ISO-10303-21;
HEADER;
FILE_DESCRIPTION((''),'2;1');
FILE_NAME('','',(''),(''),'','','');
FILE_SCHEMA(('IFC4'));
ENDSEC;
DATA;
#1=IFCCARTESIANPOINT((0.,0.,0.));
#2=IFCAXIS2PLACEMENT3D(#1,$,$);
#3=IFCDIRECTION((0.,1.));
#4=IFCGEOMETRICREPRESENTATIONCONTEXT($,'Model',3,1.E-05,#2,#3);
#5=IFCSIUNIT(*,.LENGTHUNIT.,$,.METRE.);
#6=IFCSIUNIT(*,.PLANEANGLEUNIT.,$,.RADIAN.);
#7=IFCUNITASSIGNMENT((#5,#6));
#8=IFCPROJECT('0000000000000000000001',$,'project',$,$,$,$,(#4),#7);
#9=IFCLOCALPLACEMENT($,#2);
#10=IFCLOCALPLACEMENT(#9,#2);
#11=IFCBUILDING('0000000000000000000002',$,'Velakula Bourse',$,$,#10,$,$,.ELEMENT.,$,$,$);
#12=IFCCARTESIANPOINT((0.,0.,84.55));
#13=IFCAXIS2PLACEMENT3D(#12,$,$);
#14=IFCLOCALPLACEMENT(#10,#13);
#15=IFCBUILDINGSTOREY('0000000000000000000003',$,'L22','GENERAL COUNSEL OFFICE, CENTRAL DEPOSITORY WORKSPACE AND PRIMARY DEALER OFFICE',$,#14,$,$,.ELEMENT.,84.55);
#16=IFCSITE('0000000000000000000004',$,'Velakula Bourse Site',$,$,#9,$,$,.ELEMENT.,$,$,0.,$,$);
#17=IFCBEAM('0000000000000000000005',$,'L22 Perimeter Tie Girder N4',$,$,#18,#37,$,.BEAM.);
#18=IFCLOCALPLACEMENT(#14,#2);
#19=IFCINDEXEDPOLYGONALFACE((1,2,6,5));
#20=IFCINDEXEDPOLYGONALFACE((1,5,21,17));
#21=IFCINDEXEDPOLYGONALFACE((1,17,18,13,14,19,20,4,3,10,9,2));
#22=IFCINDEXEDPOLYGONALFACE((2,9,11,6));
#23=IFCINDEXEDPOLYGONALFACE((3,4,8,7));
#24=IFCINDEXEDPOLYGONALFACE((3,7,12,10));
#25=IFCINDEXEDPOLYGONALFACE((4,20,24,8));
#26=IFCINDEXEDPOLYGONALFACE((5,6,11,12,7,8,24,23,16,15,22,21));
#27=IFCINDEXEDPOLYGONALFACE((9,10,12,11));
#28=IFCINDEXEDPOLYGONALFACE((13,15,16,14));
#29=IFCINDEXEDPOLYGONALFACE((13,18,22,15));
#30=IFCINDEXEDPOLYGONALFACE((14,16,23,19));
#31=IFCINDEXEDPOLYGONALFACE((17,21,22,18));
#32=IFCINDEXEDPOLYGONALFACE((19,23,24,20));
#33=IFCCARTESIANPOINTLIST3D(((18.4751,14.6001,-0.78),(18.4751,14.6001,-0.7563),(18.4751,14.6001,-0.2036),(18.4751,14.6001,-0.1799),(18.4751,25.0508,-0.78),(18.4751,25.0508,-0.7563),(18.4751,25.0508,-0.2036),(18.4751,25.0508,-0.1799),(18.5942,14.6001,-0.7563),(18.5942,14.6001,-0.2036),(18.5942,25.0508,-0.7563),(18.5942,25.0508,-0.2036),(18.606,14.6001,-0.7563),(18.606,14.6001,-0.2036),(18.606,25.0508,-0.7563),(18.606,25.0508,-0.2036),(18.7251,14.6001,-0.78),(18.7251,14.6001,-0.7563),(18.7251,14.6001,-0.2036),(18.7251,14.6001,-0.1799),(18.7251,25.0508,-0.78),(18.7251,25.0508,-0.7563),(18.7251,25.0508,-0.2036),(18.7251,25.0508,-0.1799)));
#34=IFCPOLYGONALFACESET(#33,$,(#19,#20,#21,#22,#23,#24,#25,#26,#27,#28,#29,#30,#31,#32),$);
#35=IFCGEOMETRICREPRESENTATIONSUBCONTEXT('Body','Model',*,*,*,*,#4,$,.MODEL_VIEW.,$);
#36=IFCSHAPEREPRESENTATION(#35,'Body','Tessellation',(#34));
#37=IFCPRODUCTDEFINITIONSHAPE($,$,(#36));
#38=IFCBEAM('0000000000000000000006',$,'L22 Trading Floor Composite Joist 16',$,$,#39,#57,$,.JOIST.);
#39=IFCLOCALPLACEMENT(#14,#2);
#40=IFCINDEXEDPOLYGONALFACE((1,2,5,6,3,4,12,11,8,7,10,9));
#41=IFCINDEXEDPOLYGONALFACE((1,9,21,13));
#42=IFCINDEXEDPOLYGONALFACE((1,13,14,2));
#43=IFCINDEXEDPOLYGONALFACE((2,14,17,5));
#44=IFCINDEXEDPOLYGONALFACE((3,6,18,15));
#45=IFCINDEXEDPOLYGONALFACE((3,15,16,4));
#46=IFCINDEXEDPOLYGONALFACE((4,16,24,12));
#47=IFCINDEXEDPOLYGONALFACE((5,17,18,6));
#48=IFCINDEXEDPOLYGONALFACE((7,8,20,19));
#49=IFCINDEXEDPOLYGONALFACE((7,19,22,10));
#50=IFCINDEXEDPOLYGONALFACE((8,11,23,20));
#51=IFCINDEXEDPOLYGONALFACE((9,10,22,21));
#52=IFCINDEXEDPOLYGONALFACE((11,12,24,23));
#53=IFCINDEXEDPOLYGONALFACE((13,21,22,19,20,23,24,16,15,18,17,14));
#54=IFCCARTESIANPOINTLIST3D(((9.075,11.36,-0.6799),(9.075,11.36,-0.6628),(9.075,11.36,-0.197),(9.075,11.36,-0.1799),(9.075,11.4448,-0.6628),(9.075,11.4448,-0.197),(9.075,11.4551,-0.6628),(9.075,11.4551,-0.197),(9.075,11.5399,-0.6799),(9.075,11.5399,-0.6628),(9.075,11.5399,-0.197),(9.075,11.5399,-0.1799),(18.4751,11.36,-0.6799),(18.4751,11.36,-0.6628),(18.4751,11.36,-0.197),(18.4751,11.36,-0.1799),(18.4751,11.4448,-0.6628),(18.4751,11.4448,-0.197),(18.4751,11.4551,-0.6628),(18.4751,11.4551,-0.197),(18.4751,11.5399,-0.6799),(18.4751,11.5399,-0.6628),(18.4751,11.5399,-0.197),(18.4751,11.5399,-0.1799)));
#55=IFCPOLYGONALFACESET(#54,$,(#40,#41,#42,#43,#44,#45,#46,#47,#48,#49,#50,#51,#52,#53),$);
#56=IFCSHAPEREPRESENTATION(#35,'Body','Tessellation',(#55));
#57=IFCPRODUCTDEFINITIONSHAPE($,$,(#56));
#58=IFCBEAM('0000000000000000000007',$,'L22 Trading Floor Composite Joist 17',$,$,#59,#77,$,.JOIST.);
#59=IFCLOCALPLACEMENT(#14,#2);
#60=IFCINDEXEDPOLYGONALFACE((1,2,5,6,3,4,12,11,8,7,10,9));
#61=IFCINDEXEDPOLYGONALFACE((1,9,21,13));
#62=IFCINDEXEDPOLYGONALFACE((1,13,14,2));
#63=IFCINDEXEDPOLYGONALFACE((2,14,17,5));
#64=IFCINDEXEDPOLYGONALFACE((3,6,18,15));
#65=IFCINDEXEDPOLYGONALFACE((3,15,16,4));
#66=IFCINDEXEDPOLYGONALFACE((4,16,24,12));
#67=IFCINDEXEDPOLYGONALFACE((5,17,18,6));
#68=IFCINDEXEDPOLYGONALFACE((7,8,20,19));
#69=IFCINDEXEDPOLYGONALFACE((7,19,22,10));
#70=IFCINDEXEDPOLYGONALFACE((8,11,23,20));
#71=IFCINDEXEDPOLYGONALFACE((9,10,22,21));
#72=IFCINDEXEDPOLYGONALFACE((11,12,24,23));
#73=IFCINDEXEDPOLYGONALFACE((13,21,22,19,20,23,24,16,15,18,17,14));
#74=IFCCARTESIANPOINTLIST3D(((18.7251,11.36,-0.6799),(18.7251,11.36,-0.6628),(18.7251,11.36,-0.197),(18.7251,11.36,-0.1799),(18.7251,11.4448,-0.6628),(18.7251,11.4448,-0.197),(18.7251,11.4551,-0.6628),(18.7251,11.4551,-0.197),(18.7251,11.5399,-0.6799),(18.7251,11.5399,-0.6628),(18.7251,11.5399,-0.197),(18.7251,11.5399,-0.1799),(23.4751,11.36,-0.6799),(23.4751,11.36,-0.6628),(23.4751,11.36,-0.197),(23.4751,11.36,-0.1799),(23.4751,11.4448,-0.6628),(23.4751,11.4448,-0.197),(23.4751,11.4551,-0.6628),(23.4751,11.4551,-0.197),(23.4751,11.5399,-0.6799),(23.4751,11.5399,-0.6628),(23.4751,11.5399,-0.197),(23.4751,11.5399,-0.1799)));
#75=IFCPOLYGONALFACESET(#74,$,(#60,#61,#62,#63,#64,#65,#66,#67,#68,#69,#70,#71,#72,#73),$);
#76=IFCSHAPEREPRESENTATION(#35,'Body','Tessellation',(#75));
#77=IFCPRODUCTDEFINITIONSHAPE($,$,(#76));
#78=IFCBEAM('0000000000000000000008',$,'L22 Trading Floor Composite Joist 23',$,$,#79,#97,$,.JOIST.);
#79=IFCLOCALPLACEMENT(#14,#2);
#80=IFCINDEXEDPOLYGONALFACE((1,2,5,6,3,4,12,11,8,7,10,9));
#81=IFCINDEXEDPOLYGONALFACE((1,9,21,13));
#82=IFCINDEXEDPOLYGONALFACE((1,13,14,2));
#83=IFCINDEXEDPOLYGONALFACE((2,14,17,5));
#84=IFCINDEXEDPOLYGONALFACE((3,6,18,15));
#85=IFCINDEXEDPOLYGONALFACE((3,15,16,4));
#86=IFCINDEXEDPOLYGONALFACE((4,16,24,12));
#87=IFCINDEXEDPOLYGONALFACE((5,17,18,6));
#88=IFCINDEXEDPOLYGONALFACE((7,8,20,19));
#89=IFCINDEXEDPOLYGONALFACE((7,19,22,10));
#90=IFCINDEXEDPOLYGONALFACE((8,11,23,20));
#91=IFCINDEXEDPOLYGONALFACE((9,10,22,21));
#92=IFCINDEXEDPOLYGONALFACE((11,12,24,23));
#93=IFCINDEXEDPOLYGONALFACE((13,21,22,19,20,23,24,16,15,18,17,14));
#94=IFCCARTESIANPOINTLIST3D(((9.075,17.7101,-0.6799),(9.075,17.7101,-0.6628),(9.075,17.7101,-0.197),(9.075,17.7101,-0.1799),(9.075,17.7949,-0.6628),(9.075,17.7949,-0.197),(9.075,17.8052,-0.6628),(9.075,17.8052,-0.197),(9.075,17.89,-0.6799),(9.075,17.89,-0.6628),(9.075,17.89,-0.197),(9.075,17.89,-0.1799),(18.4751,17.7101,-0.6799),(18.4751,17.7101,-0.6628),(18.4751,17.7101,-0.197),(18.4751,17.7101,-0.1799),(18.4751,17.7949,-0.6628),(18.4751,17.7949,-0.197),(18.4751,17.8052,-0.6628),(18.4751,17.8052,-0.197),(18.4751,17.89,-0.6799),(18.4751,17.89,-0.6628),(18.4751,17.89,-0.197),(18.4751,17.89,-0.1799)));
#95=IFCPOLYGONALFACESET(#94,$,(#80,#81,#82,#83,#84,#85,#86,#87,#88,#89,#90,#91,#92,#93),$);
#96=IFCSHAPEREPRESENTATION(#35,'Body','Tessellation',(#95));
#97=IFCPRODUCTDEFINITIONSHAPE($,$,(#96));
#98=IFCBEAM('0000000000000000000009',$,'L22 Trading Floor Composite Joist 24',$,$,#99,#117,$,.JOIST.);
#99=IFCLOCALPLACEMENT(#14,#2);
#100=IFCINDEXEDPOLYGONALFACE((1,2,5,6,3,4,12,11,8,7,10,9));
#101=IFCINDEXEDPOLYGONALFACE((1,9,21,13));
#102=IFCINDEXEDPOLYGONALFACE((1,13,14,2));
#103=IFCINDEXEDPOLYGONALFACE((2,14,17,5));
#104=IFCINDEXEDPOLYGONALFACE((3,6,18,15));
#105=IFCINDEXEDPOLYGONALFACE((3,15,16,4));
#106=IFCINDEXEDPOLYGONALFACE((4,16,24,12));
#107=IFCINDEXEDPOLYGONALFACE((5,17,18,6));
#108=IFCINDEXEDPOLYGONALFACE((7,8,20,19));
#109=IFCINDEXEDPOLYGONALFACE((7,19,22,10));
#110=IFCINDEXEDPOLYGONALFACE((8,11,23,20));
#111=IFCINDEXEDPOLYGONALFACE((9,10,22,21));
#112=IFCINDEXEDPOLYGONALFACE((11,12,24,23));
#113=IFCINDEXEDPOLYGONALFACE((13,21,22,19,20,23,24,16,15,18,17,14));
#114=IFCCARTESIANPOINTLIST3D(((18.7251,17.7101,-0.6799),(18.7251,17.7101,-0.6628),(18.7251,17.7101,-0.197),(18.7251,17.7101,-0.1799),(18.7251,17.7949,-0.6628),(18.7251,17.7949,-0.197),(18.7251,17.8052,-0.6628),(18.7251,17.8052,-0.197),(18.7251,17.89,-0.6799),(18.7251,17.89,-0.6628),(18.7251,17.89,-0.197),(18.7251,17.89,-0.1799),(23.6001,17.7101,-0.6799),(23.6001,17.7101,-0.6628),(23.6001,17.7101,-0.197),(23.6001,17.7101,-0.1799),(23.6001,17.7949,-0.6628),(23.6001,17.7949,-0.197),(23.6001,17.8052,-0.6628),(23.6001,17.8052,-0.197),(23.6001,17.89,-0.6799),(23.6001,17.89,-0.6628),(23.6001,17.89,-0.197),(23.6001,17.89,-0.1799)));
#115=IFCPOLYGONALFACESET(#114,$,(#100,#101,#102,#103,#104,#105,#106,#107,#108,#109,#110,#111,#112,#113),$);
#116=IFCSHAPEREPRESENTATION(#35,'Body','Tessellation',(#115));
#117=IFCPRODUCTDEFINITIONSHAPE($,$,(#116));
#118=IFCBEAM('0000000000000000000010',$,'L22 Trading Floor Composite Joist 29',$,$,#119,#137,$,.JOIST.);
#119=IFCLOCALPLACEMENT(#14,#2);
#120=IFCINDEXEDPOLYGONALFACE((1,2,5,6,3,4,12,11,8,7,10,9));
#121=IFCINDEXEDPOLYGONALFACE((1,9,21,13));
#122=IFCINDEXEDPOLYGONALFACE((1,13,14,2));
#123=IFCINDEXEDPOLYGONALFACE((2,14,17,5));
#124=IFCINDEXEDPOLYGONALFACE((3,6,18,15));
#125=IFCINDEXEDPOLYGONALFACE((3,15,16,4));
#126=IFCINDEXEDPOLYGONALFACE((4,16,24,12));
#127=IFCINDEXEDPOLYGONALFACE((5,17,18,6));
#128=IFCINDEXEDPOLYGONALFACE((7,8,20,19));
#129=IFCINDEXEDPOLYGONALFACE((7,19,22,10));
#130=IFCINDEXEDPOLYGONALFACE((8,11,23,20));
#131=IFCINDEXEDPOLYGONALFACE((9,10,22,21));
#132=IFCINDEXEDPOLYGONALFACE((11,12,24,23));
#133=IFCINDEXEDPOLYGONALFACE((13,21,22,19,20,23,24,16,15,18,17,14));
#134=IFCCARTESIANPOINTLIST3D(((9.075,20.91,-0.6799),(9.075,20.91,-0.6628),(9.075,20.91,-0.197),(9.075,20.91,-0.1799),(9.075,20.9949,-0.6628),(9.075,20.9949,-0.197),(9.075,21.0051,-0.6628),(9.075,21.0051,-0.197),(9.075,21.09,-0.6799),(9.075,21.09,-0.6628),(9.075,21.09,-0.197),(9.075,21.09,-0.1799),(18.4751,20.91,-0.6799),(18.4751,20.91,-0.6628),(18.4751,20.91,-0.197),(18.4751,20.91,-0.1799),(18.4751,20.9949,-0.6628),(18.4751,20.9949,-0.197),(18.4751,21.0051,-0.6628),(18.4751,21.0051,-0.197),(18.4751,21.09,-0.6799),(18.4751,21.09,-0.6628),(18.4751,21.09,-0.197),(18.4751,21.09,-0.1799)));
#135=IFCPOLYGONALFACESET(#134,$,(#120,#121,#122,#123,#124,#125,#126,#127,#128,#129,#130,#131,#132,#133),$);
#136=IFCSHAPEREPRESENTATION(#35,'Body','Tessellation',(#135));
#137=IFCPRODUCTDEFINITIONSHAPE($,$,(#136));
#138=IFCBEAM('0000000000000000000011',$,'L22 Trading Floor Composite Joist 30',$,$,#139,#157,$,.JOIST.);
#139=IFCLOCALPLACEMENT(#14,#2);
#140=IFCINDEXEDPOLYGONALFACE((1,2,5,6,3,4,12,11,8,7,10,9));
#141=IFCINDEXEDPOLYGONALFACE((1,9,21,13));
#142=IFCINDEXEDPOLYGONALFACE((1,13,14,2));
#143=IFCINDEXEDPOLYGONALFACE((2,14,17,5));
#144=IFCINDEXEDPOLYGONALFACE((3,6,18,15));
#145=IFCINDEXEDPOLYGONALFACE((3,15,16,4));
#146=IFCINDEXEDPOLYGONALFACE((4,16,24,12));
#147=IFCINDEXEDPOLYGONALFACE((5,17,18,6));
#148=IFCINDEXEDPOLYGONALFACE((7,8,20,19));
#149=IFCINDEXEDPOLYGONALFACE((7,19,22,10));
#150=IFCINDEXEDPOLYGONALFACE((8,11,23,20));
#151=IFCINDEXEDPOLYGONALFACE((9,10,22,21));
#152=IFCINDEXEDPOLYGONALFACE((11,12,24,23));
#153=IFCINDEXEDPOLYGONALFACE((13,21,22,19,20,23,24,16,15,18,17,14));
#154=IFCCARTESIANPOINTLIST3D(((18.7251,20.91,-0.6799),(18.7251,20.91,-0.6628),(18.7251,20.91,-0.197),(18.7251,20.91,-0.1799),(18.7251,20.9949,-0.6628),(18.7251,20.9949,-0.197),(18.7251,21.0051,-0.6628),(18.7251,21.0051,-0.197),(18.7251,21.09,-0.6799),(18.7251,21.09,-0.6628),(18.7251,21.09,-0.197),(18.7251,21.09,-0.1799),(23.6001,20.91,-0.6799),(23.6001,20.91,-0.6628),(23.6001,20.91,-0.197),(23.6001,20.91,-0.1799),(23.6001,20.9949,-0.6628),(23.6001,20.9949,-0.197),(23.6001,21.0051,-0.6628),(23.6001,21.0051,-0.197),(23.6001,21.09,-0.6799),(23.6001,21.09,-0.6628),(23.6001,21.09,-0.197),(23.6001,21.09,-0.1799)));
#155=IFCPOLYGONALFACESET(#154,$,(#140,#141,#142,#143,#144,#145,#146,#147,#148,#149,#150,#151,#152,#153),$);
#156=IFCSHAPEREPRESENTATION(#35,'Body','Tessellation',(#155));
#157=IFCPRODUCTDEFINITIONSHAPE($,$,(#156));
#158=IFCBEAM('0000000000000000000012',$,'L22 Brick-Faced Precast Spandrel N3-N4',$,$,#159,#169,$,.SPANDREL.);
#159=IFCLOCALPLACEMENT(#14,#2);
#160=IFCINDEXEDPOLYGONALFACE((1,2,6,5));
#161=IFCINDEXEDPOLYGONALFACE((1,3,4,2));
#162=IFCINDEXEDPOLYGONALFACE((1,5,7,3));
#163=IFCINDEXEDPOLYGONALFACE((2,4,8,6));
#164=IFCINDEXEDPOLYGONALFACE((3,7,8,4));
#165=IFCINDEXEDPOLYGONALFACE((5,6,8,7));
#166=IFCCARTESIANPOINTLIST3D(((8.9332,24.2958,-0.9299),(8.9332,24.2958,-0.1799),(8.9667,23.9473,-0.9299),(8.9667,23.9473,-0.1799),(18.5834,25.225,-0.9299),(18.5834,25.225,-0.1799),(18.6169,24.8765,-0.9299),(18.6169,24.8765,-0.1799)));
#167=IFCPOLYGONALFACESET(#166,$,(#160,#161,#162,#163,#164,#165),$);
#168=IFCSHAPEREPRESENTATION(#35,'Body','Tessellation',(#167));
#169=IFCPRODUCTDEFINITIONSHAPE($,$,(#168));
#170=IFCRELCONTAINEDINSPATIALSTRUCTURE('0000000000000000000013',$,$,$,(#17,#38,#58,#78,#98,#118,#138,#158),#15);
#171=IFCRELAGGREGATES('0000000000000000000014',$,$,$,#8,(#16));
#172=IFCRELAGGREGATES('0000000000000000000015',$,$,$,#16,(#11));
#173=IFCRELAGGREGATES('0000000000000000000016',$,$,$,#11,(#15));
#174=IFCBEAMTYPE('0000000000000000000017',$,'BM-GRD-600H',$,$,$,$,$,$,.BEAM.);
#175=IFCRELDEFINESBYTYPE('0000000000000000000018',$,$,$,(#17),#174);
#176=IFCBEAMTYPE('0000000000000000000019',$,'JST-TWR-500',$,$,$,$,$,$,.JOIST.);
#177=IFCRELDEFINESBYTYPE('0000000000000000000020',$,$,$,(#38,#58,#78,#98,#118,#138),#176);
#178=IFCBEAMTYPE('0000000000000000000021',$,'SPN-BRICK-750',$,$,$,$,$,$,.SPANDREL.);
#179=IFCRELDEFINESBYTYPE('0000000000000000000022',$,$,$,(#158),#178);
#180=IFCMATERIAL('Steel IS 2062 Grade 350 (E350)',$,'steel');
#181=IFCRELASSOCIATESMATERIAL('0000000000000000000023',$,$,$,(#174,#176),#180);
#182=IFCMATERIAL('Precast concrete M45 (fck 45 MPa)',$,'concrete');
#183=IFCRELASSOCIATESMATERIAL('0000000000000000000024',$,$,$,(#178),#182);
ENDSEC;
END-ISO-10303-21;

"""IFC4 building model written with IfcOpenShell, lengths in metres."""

from ifc_helpers import new_model, si_unit, direction, frame, origin, origin_2d, place, context, subcontext, project, spatial, rectangle, i_section, extrude, material, material_profile, profile_set, type_object, element, save


model = new_model("IFC4")

# Units and contexts
model_context = context("Model", 3, precision=1e-05, world=origin(), true_north=direction((0.0, 1.0)))
body_context = subcontext(model_context, "Body", "Model", "MODEL_VIEW")
ifc_project = project(units=[si_unit("LENGTHUNIT", "METRE"), si_unit("PLANEANGLEUNIT", "RADIAN")], contexts=[model_context])

# Site, building, storey
site_placement = place(None, origin())
site = spatial("IfcSite", under=ifc_project, at=site_placement, Name="Velakula Bourse Site", CompositionType="ELEMENT", RefElevation=0.0)
building_placement = place(site_placement, origin())
building = spatial("IfcBuilding", under=site, at=building_placement, Name="Velakula Bourse", CompositionType="ELEMENT")
storey_placement = place(building_placement, frame((0.0, 0.0, 84.55)))
storey = spatial("IfcBuildingStorey", under=building, at=storey_placement, Name="L22", Description="GENERAL COUNSEL OFFICE, CENTRAL DEPOSITORY WORKSPACE AND PRIMARY DEALER OFFICE", CompositionType="ELEMENT", Elevation=84.55)

# Beams
ifc_material_1 = material(Name="Steel IS 2062 Grade 350 (E350)", Category="steel")
ifc_material_profile_1 = material_profile(ifc_material_1, i_section(OverallWidth=0.25, OverallDepth=0.6001, WebThickness=0.0117, FlangeThickness=0.0237, at=origin_2d()), Name="Steel IS 2062 Grade 350 (E350)")
ifc_profile_set_1 = profile_set([ifc_material_profile_1], Name="Steel IS 2062 Grade 350 (E350)")
beam_type_1 = type_object("IfcBeamType", Name="BM-GRD-600H", PredefinedType="BEAM", material=ifc_profile_set_1)
beam_1_placement = place(storey_placement, frame((18.6001, 14.6001, -0.48), z_axis=(0.0, 1.0, 0.0), x_axis=(-1.0, 0.0, 0.0)))
element("IfcBeam", 1, at=beam_1_placement, inside=storey, type_object=beam_type_1, Name="L22 Perimeter Tie Girder N4", PredefinedType="BEAM", context=body_context, shape_type="SweptSolid", body=[
    extrude(i_section(OverallWidth=0.25, OverallDepth=0.6001, WebThickness=0.0117, FlangeThickness=0.0237, at=origin_2d()), origin(), (0.0, 0.0, 1.0), 10.4507),
])
ifc_material_profile_2 = material_profile(ifc_material_1, i_section(OverallWidth=0.1799, OverallDepth=0.5, WebThickness=0.0103, FlangeThickness=0.0171, at=origin_2d()), Name="Steel IS 2062 Grade 350 (E350)")
ifc_profile_set_2 = profile_set([ifc_material_profile_2], Name="Steel IS 2062 Grade 350 (E350)")
beam_type_2 = type_object("IfcBeamType", Name="JST-TWR-500", PredefinedType="JOIST", material=ifc_profile_set_2)
beam_2_placement = place(storey_placement, frame((9.075, 11.45, -0.4299), z_axis=(1.0, 0.0, 0.0), x_axis=(0.0, 1.0, 0.0)))
element("IfcBeam", 2, at=beam_2_placement, inside=storey, type_object=beam_type_2, Name="L22 Trading Floor Composite Joist 16", PredefinedType="JOIST", context=body_context, shape_type="SweptSolid", body=[
    extrude(i_section(OverallWidth=0.1799, OverallDepth=0.5, WebThickness=0.0103, FlangeThickness=0.0171, at=origin_2d()), origin(), (0.0, 0.0, 1.0), 9.4001),
])
beam_3_placement = place(storey_placement, frame((18.7251, 11.45, -0.4299), z_axis=(1.0, 0.0, 0.0), x_axis=(0.0, 1.0, 0.0)))
element("IfcBeam", 3, at=beam_3_placement, inside=storey, type_object=beam_type_2, Name="L22 Trading Floor Composite Joist 17", PredefinedType="JOIST", context=body_context, shape_type="SweptSolid", body=[
    extrude(i_section(OverallWidth=0.1799, OverallDepth=0.5, WebThickness=0.0103, FlangeThickness=0.0171, at=origin_2d()), origin(), (0.0, 0.0, 1.0), 4.75),
])
beam_4_placement = place(storey_placement, frame((9.075, 17.8, -0.4299), z_axis=(1.0, 0.0, 0.0), x_axis=(0.0, 1.0, 0.0)))
element("IfcBeam", 4, at=beam_4_placement, inside=storey, type_object=beam_type_2, Name="L22 Trading Floor Composite Joist 23", PredefinedType="JOIST", context=body_context, shape_type="SweptSolid", body=[
    extrude(i_section(OverallWidth=0.1799, OverallDepth=0.5, WebThickness=0.0103, FlangeThickness=0.0171, at=origin_2d()), origin(), (0.0, 0.0, 1.0), 9.4001),
])
beam_5_placement = place(storey_placement, frame((18.7251, 17.8, -0.4299), z_axis=(1.0, 0.0, 0.0), x_axis=(0.0, 1.0, 0.0)))
element("IfcBeam", 5, at=beam_5_placement, inside=storey, type_object=beam_type_2, Name="L22 Trading Floor Composite Joist 24", PredefinedType="JOIST", context=body_context, shape_type="SweptSolid", body=[
    extrude(i_section(OverallWidth=0.1799, OverallDepth=0.5, WebThickness=0.0103, FlangeThickness=0.0171, at=origin_2d()), origin(), (0.0, 0.0, 1.0), 4.875),
])
beam_6_placement = place(storey_placement, frame((9.075, 21.0, -0.4299), z_axis=(1.0, 0.0, 0.0), x_axis=(0.0, 1.0, 0.0)))
element("IfcBeam", 6, at=beam_6_placement, inside=storey, type_object=beam_type_2, Name="L22 Trading Floor Composite Joist 29", PredefinedType="JOIST", context=body_context, shape_type="SweptSolid", body=[
    extrude(i_section(OverallWidth=0.1799, OverallDepth=0.5, WebThickness=0.0103, FlangeThickness=0.0171, at=origin_2d()), origin(), (0.0, 0.0, 1.0), 9.4001),
])
beam_7_placement = place(storey_placement, frame((18.7251, 21.0, -0.4299), z_axis=(1.0, 0.0, 0.0), x_axis=(0.0, 1.0, 0.0)))
element("IfcBeam", 7, at=beam_7_placement, inside=storey, type_object=beam_type_2, Name="L22 Trading Floor Composite Joist 30", PredefinedType="JOIST", context=body_context, shape_type="SweptSolid", body=[
    extrude(i_section(OverallWidth=0.1799, OverallDepth=0.5, WebThickness=0.0103, FlangeThickness=0.0171, at=origin_2d()), origin(), (0.0, 0.0, 1.0), 4.875),
])
ifc_material_2 = material(Name="Precast concrete M45 (fck 45 MPa)", Category="concrete")
ifc_material_profile_3 = material_profile(ifc_material_2, rectangle(XDim=0.3501, YDim=0.75, at=origin_2d()), Name="Precast concrete M45 (fck 45 MPa)")
ifc_profile_set_3 = profile_set([ifc_material_profile_3], Name="Precast concrete M45 (fck 45 MPa)")
beam_type_3 = type_object("IfcBeamType", Name="SPN-BRICK-750", PredefinedType="SPANDREL", material=ifc_profile_set_3)
beam_8_placement = place(storey_placement, frame((8.95, 24.1216, -0.5549), z_axis=(0.995396, 0.095845, 0.0), x_axis=(-0.095845, 0.995396, 0.0)))
element("IfcBeam", 8, at=beam_8_placement, inside=storey, type_object=beam_type_3, Name="L22 Brick-Faced Precast Spandrel N3-N4", PredefinedType="SPANDREL", context=body_context, shape_type="SweptSolid", body=[
    extrude(rectangle(XDim=0.3501, YDim=0.75, at=origin_2d()), origin(), (0.0, 0.0, 1.0), 9.6948),
])

save(model, "model.ifc")
